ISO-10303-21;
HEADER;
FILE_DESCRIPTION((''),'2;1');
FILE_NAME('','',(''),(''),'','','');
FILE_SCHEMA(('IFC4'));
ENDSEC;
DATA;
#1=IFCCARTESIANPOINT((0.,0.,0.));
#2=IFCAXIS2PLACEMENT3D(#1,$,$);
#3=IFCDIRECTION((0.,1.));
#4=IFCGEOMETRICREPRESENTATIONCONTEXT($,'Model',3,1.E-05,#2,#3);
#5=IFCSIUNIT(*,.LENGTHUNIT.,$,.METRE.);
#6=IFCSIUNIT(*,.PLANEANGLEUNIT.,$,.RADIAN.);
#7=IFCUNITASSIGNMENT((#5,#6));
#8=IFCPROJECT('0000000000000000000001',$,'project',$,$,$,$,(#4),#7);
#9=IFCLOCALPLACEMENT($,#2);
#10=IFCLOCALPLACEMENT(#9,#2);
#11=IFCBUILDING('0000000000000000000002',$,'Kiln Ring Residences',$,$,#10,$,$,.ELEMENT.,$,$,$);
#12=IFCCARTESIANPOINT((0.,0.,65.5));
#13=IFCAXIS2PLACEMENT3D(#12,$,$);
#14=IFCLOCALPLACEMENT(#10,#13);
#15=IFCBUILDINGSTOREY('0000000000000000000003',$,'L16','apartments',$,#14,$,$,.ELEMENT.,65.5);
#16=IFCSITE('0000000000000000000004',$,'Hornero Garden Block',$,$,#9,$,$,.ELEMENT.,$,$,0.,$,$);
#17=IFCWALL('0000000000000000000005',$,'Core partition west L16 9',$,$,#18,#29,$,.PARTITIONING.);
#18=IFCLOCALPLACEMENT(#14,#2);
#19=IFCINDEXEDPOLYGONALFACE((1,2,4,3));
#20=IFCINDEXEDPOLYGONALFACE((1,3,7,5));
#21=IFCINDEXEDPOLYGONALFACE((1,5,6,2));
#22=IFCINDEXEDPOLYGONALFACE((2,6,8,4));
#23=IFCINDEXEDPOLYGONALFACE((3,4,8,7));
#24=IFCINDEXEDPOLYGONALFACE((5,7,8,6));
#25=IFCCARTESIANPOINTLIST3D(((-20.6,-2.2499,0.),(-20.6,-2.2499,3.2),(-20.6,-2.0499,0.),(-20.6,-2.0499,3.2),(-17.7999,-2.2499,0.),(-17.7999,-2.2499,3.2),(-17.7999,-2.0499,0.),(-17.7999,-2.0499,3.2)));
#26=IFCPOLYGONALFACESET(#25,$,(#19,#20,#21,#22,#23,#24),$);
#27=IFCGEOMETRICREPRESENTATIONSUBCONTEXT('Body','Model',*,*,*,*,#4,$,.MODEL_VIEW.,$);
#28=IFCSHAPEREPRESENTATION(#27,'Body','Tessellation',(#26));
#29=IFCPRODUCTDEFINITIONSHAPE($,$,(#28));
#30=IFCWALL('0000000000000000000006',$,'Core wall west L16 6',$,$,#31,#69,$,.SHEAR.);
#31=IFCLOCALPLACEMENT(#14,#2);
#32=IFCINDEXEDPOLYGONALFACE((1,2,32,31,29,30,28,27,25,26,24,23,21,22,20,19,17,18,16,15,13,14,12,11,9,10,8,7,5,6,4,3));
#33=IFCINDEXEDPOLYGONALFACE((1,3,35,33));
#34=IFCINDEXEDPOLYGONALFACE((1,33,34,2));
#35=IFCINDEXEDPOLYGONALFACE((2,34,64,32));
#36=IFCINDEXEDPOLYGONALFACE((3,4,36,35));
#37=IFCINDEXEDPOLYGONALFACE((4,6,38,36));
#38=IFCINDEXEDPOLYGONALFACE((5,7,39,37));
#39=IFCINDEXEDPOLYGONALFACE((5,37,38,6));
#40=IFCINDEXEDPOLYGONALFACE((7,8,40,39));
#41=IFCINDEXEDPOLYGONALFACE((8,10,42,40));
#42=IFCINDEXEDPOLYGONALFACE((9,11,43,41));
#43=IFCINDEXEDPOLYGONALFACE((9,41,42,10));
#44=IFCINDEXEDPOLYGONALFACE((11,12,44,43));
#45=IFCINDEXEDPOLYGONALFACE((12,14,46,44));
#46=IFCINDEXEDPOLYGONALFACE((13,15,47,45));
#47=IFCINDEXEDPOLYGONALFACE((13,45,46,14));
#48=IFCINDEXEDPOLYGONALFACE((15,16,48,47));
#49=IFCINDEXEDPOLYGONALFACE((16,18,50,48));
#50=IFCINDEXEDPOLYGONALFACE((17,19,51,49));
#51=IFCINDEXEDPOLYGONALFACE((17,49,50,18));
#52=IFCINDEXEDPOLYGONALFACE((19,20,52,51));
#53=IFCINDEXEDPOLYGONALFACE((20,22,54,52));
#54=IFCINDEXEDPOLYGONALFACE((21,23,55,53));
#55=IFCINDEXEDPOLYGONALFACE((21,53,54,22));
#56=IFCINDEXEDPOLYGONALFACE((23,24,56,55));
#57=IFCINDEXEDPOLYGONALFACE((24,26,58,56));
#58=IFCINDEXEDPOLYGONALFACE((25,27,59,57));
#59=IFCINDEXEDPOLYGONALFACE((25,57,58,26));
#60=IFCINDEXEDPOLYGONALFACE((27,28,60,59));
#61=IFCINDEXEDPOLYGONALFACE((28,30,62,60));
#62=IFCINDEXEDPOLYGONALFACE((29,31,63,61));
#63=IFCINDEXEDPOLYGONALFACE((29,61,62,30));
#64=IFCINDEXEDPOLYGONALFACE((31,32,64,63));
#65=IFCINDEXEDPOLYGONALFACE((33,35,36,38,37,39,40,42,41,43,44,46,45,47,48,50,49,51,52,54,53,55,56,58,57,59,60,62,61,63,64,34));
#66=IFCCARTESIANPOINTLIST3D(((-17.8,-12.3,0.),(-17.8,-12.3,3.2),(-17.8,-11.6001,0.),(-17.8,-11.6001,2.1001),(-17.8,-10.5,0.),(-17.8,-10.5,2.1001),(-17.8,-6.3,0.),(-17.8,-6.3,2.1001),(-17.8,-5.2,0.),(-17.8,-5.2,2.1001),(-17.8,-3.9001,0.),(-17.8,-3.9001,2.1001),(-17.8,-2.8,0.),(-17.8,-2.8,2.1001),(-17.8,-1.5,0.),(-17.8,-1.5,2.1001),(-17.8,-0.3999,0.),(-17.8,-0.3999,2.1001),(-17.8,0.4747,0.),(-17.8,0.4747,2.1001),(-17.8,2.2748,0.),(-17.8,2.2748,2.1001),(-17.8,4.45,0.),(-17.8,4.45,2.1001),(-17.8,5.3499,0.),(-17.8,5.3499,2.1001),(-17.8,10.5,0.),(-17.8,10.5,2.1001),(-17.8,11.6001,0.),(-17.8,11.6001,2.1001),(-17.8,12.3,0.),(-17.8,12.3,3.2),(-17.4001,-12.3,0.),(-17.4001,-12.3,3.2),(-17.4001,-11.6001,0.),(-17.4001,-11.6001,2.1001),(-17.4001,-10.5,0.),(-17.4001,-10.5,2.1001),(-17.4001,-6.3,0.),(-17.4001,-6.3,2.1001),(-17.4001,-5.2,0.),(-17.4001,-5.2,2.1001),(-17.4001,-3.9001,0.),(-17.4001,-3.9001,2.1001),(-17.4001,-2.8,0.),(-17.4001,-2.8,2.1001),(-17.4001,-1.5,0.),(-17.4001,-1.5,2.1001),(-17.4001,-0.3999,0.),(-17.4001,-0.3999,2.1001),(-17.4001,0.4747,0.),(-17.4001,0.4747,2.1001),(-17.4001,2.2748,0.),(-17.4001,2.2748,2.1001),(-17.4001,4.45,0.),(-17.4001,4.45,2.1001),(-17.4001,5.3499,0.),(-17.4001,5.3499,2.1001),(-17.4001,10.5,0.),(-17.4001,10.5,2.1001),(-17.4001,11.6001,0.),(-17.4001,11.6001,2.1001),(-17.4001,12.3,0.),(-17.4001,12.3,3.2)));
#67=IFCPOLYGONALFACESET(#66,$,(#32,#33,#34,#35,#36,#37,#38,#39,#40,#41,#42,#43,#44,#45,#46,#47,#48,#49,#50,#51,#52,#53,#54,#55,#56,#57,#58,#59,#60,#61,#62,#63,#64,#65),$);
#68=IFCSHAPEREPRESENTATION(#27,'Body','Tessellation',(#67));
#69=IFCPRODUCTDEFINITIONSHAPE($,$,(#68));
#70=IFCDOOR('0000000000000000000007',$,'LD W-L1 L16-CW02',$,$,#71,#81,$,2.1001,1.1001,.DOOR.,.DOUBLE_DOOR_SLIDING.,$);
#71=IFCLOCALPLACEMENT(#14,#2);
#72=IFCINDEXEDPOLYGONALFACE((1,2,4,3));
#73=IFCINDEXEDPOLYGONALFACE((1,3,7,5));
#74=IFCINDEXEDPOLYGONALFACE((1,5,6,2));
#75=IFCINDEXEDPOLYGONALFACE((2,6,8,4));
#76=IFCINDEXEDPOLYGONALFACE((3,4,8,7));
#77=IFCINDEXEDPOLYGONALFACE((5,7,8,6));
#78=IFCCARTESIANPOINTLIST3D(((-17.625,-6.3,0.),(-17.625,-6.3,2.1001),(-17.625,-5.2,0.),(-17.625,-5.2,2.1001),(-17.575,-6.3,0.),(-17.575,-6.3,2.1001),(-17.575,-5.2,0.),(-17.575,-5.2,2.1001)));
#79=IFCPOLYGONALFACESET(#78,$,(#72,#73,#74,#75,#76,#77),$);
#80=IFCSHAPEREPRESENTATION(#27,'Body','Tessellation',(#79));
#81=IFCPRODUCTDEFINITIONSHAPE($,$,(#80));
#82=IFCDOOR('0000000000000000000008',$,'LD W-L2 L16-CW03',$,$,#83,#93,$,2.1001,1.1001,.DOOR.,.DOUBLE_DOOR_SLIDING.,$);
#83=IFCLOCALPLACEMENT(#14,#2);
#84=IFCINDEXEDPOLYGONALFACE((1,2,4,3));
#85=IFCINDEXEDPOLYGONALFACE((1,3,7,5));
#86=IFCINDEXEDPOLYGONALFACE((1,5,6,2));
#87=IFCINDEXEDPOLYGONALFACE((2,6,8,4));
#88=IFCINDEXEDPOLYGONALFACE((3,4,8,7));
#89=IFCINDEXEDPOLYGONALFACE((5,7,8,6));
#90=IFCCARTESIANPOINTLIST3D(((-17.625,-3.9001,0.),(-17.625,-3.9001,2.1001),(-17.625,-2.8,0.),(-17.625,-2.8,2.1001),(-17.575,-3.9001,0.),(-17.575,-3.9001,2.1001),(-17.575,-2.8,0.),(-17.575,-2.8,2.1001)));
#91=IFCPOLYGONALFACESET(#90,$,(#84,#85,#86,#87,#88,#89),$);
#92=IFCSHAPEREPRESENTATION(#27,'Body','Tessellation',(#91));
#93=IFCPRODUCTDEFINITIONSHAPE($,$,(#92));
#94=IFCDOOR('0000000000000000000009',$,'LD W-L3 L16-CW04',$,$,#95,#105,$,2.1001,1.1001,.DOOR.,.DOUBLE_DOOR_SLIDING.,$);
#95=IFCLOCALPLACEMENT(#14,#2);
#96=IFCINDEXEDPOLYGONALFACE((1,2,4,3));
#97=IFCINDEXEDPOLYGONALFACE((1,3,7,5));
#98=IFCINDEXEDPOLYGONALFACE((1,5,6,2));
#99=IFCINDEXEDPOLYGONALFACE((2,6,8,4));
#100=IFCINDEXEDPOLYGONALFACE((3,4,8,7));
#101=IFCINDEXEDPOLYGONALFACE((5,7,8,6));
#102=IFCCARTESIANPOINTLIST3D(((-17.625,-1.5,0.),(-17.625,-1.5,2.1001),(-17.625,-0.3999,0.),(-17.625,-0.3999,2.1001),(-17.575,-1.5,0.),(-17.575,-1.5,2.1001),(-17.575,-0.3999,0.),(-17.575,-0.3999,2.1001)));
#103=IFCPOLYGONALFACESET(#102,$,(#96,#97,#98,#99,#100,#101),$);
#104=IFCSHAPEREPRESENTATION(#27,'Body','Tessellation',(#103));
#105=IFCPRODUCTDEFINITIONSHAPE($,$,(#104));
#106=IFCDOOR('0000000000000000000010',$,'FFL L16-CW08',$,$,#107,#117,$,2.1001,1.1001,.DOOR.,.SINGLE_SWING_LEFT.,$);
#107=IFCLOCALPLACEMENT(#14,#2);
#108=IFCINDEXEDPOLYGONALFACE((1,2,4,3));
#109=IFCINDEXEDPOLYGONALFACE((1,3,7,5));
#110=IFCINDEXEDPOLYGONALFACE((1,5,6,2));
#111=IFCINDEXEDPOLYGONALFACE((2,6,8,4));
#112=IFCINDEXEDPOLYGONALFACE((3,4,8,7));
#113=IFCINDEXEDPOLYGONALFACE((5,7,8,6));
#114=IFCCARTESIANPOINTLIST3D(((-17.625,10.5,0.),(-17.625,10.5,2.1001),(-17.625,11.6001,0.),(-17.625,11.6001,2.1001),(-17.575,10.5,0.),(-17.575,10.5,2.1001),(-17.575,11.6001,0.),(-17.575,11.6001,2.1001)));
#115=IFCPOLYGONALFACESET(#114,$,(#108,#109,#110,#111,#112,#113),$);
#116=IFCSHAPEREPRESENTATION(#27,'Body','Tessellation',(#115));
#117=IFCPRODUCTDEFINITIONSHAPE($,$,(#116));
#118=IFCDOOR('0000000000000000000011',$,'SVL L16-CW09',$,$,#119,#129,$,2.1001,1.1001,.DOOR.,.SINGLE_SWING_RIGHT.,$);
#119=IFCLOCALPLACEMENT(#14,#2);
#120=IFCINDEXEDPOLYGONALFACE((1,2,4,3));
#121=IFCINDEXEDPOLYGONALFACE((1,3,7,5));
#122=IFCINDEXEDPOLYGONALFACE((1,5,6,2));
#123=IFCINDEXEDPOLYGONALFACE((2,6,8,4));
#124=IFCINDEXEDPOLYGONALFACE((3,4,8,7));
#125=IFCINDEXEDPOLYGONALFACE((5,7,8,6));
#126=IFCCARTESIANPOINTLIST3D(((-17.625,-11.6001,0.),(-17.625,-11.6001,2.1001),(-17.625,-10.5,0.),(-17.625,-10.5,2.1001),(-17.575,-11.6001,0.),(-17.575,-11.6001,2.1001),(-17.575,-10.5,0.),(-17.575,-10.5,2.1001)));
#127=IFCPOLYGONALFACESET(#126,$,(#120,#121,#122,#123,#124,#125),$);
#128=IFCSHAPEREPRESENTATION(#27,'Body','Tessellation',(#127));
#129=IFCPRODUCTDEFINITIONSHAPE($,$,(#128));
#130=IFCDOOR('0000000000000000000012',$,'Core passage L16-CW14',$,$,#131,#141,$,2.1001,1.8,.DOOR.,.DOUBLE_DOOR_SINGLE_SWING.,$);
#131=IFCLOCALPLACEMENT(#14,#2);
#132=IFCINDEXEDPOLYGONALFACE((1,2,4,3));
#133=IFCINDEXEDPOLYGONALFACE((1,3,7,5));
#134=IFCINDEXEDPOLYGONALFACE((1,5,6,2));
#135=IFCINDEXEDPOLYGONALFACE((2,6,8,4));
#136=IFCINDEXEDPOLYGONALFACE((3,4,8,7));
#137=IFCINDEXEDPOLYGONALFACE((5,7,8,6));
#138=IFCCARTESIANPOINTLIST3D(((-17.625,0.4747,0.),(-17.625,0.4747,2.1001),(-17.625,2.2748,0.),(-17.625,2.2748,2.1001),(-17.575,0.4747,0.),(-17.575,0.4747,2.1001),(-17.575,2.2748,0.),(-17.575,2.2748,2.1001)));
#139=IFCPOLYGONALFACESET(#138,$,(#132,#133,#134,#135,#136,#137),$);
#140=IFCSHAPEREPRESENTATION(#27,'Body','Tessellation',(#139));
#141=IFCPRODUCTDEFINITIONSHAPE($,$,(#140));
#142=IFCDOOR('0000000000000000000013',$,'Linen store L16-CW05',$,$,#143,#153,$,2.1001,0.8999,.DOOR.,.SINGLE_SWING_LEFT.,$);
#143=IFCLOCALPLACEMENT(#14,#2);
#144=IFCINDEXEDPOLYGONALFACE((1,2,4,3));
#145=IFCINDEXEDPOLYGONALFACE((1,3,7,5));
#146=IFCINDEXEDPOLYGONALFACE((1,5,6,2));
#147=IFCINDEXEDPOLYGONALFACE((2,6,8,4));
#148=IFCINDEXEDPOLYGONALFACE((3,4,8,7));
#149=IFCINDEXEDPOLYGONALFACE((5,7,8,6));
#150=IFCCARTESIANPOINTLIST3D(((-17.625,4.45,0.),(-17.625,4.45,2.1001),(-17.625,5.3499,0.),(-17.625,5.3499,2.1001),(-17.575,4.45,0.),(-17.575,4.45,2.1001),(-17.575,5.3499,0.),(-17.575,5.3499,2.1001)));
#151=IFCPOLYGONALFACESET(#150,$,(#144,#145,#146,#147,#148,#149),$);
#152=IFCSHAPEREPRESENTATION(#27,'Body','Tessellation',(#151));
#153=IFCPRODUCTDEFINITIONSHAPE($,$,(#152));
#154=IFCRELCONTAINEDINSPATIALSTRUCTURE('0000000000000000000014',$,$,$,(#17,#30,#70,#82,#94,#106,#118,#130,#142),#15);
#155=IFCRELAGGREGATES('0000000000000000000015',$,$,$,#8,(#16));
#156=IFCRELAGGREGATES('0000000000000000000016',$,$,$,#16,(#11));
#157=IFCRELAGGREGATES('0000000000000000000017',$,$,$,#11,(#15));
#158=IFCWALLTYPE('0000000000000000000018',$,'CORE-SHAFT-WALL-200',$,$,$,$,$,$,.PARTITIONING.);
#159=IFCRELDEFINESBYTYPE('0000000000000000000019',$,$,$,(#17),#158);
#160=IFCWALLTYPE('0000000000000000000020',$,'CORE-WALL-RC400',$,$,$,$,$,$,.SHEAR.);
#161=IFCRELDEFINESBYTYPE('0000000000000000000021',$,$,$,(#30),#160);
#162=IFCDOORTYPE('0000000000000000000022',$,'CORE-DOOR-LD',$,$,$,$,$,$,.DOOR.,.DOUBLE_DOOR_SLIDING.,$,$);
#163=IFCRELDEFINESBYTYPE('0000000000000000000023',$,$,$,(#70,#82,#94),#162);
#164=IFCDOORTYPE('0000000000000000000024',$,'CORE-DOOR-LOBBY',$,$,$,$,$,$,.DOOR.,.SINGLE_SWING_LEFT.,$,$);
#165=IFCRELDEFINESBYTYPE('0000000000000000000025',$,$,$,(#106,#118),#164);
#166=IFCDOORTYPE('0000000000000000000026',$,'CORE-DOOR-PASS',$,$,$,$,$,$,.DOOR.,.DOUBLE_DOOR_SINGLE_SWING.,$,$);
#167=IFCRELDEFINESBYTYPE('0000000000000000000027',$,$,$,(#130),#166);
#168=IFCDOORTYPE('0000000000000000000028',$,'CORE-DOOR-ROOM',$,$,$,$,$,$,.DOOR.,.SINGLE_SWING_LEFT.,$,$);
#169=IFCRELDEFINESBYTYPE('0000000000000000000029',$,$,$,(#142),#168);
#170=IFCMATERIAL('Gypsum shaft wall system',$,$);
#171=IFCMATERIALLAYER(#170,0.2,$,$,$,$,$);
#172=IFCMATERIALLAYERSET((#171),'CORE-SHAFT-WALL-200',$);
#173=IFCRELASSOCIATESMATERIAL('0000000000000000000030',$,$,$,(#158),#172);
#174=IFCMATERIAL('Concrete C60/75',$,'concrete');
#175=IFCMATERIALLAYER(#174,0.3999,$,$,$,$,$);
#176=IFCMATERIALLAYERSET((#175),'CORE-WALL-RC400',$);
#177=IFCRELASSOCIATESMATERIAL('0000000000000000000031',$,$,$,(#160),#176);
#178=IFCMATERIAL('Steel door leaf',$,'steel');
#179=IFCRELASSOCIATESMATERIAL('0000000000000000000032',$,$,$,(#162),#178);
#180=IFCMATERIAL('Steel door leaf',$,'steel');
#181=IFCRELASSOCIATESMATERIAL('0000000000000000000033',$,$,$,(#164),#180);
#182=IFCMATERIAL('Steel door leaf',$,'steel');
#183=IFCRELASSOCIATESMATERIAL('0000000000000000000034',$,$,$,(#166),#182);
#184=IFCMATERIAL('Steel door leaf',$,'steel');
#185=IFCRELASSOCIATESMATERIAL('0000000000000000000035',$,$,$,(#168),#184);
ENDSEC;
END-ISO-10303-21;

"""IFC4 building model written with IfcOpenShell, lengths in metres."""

from ifc_helpers import new_model, si_unit, direction, frame, frame_2d, origin, place, context, subcontext, project, spatial, rectangle, extrude, material, layer, layer_set, type_object, element, fill, save


model = new_model("IFC4")

# Units and contexts
model_context = context("Model", 3, precision=1e-05, world=origin(), true_north=direction((0.0, 1.0)))
body_context = subcontext(model_context, "Body", "Model", "MODEL_VIEW")
ifc_project = project(units=[si_unit("LENGTHUNIT", "METRE"), si_unit("PLANEANGLEUNIT", "RADIAN")], contexts=[model_context])

# Site, building, storey
site_placement = place(None, origin())
site = spatial("IfcSite", under=ifc_project, at=site_placement, Name="Hornero Garden Block", CompositionType="ELEMENT", RefElevation=0.0)
building_placement = place(site_placement, origin())
building = spatial("IfcBuilding", under=site, at=building_placement, Name="Kiln Ring Residences", CompositionType="ELEMENT")
storey_placement = place(building_placement, frame((0.0, 0.0, 65.5)))
storey = spatial("IfcBuildingStorey", under=building, at=storey_placement, Name="L16", Description="apartments", CompositionType="ELEMENT", Elevation=65.5)

# Wall
ifc_material_1 = material(Name="Gypsum shaft wall system")
ifc_layer_1 = layer(ifc_material_1, 0.2)
ifc_layer_set_1 = layer_set([ifc_layer_1], Name="CORE-SHAFT-WALL-200")
wall_type_1 = type_object("IfcWallType", Name="CORE-SHAFT-WALL-200", PredefinedType="PARTITIONING", material=ifc_layer_set_1)
wall_1_placement = place(storey_placement, frame((-17.8, -2.1499, 0.0), z_axis=(0.0, 0.0, 1.0), x_axis=(-1.0, 0.0, 0.0)))
element("IfcWall", 1, at=wall_1_placement, inside=storey, type_object=wall_type_1, Name="Core partition west L16 9", PredefinedType="PARTITIONING", context=body_context, shape_type="SweptSolid", body=[
    extrude(rectangle(XDim=2.8, YDim=0.2, at=frame_2d((1.3999, 0.0))), origin(), (0.0, 0.0, 1.0), 3.2),
])

# Wall, openings, doors
ifc_material_2 = material(Name="Concrete C60/75", Category="concrete")
ifc_layer_2 = layer(ifc_material_2, 0.3999)
ifc_layer_set_2 = layer_set([ifc_layer_2], Name="CORE-WALL-RC400")
wall_type_2 = type_object("IfcWallType", Name="CORE-WALL-RC400", PredefinedType="SHEAR", material=ifc_layer_set_2)
wall_2_placement = place(storey_placement, frame((-17.6001, -12.3, 0.0), z_axis=(0.0, 0.0, 1.0), x_axis=(0.0, 1.0, 0.0)))
wall_2 = element("IfcWall", 2, at=wall_2_placement, inside=storey, type_object=wall_type_2, Name="Core wall west L16 6", PredefinedType="SHEAR", context=body_context, shape_type="SweptSolid", body=[
    extrude(rectangle(XDim=24.6001, YDim=0.3999, at=frame_2d((12.3, 0.0))), origin(), (0.0, 0.0, 1.0), 3.2),
])
opening_1_placement = place(wall_2_placement, frame((6.0, 0.0, 0.0)))
opening_1 = element("IfcOpeningElement", 3, at=opening_1_placement, cuts=wall_2, PredefinedType="OPENING", context=body_context, shape_type="SweptSolid", body=[
    extrude(rectangle(XDim=1.1001, YDim=2.1001, at=frame_2d((0.55, 1.05))), frame((0.0, 0.21, 0.0), z_axis=(0.0, -1.0, 0.0), x_axis=(1.0, 0.0, 0.0)), (0.0, 0.0, 1.0), 0.4199),
])
opening_2_placement = place(wall_2_placement, frame((8.3999, 0.0, 0.0)))
opening_2 = element("IfcOpeningElement", 4, at=opening_2_placement, cuts=wall_2, PredefinedType="OPENING", context=body_context, shape_type="SweptSolid", body=[
    extrude(rectangle(XDim=1.1001, YDim=2.1001, at=frame_2d((0.55, 1.05))), frame((0.0, 0.21, 0.0), z_axis=(0.0, -1.0, 0.0), x_axis=(1.0, 0.0, 0.0)), (0.0, 0.0, 1.0), 0.4199),
])
opening_3_placement = place(wall_2_placement, frame((10.8, 0.0, 0.0)))
opening_3 = element("IfcOpeningElement", 5, at=opening_3_placement, cuts=wall_2, PredefinedType="OPENING", context=body_context, shape_type="SweptSolid", body=[
    extrude(rectangle(XDim=1.1001, YDim=2.1001, at=frame_2d((0.55, 1.05))), frame((0.0, 0.21, 0.0), z_axis=(0.0, -1.0, 0.0), x_axis=(1.0, 0.0, 0.0)), (0.0, 0.0, 1.0), 0.4199),
])
opening_4_placement = place(wall_2_placement, frame((16.75, 0.0, 0.0)))
opening_4 = element("IfcOpeningElement", 6, at=opening_4_placement, cuts=wall_2, PredefinedType="OPENING", context=body_context, shape_type="SweptSolid", body=[
    extrude(rectangle(XDim=0.8999, YDim=2.1001, at=frame_2d((0.45, 1.05))), frame((0.0, 0.21, 0.0), z_axis=(0.0, -1.0, 0.0), x_axis=(1.0, 0.0, 0.0)), (0.0, 0.0, 1.0), 0.4199),
])
opening_5_placement = place(wall_2_placement, frame((22.8, 0.0, 0.0)))
opening_5 = element("IfcOpeningElement", 7, at=opening_5_placement, cuts=wall_2, PredefinedType="OPENING", context=body_context, shape_type="SweptSolid", body=[
    extrude(rectangle(XDim=1.1001, YDim=2.1001, at=frame_2d((0.55, 1.05))), frame((0.0, 0.21, 0.0), z_axis=(0.0, -1.0, 0.0), x_axis=(1.0, 0.0, 0.0)), (0.0, 0.0, 1.0), 0.4199),
])
opening_6_placement = place(wall_2_placement, frame((0.7, 0.0, 0.0)))
opening_6 = element("IfcOpeningElement", 8, at=opening_6_placement, cuts=wall_2, PredefinedType="OPENING", context=body_context, shape_type="SweptSolid", body=[
    extrude(rectangle(XDim=1.1001, YDim=2.1001, at=frame_2d((0.55, 1.05))), frame((0.0, 0.21, 0.0), z_axis=(0.0, -1.0, 0.0), x_axis=(1.0, 0.0, 0.0)), (0.0, 0.0, 1.0), 0.4199),
])
opening_7_placement = place(wall_2_placement, frame((12.7749, 0.0, 0.0)))
opening_7 = element("IfcOpeningElement", 9, at=opening_7_placement, cuts=wall_2, PredefinedType="OPENING", context=body_context, shape_type="SweptSolid", body=[
    extrude(rectangle(XDim=1.8, YDim=2.1001, at=frame_2d((0.8999, 1.05))), frame((0.0, 0.21, 0.0), z_axis=(0.0, -1.0, 0.0), x_axis=(1.0, 0.0, 0.0)), (0.0, 0.0, 1.0), 0.4199),
])
ifc_material_3 = material(Name="Steel door leaf", Category="steel")
door_type_1 = type_object("IfcDoorType", Name="CORE-DOOR-LD", OperationType="DOUBLE_DOOR_SLIDING", PredefinedType="DOOR", material=ifc_material_3)
door_1_placement = place(opening_1_placement, origin())
door_1 = element("IfcDoor", 10, at=door_1_placement, inside=storey, type_object=door_type_1, Name="LD W-L1 L16-CW02", OperationType="DOUBLE_DOOR_SLIDING", OverallHeight=2.1001, OverallWidth=1.1001, PredefinedType="DOOR", context=body_context, shape_type="SweptSolid", body=[
    extrude(rectangle(XDim=1.1001, YDim=2.1001, at=frame_2d((0.55, 1.05))), frame((0.0, 0.0249, 0.0), z_axis=(0.0, -1.0, 0.0), x_axis=(1.0, 0.0, 0.0)), (0.0, 0.0, 1.0), 0.05),
])
fill(opening_1, door_1)
door_2_placement = place(opening_2_placement, origin())
door_2 = element("IfcDoor", 11, at=door_2_placement, inside=storey, type_object=door_type_1, Name="LD W-L2 L16-CW03", OperationType="DOUBLE_DOOR_SLIDING", OverallHeight=2.1001, OverallWidth=1.1001, PredefinedType="DOOR", context=body_context, shape_type="SweptSolid", body=[
    extrude(rectangle(XDim=1.1001, YDim=2.1001, at=frame_2d((0.55, 1.05))), frame((0.0, 0.0249, 0.0), z_axis=(0.0, -1.0, 0.0), x_axis=(1.0, 0.0, 0.0)), (0.0, 0.0, 1.0), 0.05),
])
fill(opening_2, door_2)
door_3_placement = place(opening_3_placement, origin())
door_3 = element("IfcDoor", 12, at=door_3_placement, inside=storey, type_object=door_type_1, Name="LD W-L3 L16-CW04", OperationType="DOUBLE_DOOR_SLIDING", OverallHeight=2.1001, OverallWidth=1.1001, PredefinedType="DOOR", context=body_context, shape_type="SweptSolid", body=[
    extrude(rectangle(XDim=1.1001, YDim=2.1001, at=frame_2d((0.55, 1.05))), frame((0.0, 0.0249, 0.0), z_axis=(0.0, -1.0, 0.0), x_axis=(1.0, 0.0, 0.0)), (0.0, 0.0, 1.0), 0.05),
])
fill(opening_3, door_3)
ifc_material_4 = material(Name="Steel door leaf", Category="steel")
door_type_2 = type_object("IfcDoorType", Name="CORE-DOOR-LOBBY", OperationType="SINGLE_SWING_LEFT", PredefinedType="DOOR", material=ifc_material_4)
door_4_placement = place(opening_5_placement, origin())
door_4 = element("IfcDoor", 13, at=door_4_placement, inside=storey, type_object=door_type_2, Name="FFL L16-CW08", OperationType="SINGLE_SWING_LEFT", OverallHeight=2.1001, OverallWidth=1.1001, PredefinedType="DOOR", context=body_context, shape_type="SweptSolid", body=[
    extrude(rectangle(XDim=1.1001, YDim=2.1001, at=frame_2d((0.55, 1.05))), frame((0.0, 0.0249, 0.0), z_axis=(0.0, -1.0, 0.0), x_axis=(1.0, 0.0, 0.0)), (0.0, 0.0, 1.0), 0.05),
])
fill(opening_5, door_4)
door_5_placement = place(opening_6_placement, origin())
door_5 = element("IfcDoor", 14, at=door_5_placement, inside=storey, type_object=door_type_2, Name="SVL L16-CW09", OperationType="SINGLE_SWING_RIGHT", OverallHeight=2.1001, OverallWidth=1.1001, PredefinedType="DOOR", context=body_context, shape_type="SweptSolid", body=[
    extrude(rectangle(XDim=1.1001, YDim=2.1001, at=frame_2d((0.55, 1.05))), frame((0.0, 0.0249, 0.0), z_axis=(0.0, -1.0, 0.0), x_axis=(1.0, 0.0, 0.0)), (0.0, 0.0, 1.0), 0.05),
])
fill(opening_6, door_5)
ifc_material_5 = material(Name="Steel door leaf", Category="steel")
door_type_3 = type_object("IfcDoorType", Name="CORE-DOOR-PASS", OperationType="DOUBLE_DOOR_SINGLE_SWING", PredefinedType="DOOR", material=ifc_material_5)
door_6_placement = place(opening_7_placement, origin())
door_6 = element("IfcDoor", 15, at=door_6_placement, inside=storey, type_object=door_type_3, Name="Core passage L16-CW14", OperationType="DOUBLE_DOOR_SINGLE_SWING", OverallHeight=2.1001, OverallWidth=1.8, PredefinedType="DOOR", context=body_context, shape_type="SweptSolid", body=[
    extrude(rectangle(XDim=1.8, YDim=2.1001, at=frame_2d((0.8999, 1.05))), frame((0.0, 0.0249, 0.0), z_axis=(0.0, -1.0, 0.0), x_axis=(1.0, 0.0, 0.0)), (0.0, 0.0, 1.0), 0.05),
])
fill(opening_7, door_6)
ifc_material_6 = material(Name="Steel door leaf", Category="steel")
door_type_4 = type_object("IfcDoorType", Name="CORE-DOOR-ROOM", OperationType="SINGLE_SWING_LEFT", PredefinedType="DOOR", material=ifc_material_6)
door_7_placement = place(opening_4_placement, origin())
door_7 = element("IfcDoor", 16, at=door_7_placement, inside=storey, type_object=door_type_4, Name="Linen store L16-CW05", OperationType="SINGLE_SWING_LEFT", OverallHeight=2.1001, OverallWidth=0.8999, PredefinedType="DOOR", context=body_context, shape_type="SweptSolid", body=[
    extrude(rectangle(XDim=0.8999, YDim=2.1001, at=frame_2d((0.45, 1.05))), frame((0.0, 0.0249, 0.0), z_axis=(0.0, -1.0, 0.0), x_axis=(1.0, 0.0, 0.0)), (0.0, 0.0, 1.0), 0.05),
])
fill(opening_4, door_7)

save(model, "model.ifc")
